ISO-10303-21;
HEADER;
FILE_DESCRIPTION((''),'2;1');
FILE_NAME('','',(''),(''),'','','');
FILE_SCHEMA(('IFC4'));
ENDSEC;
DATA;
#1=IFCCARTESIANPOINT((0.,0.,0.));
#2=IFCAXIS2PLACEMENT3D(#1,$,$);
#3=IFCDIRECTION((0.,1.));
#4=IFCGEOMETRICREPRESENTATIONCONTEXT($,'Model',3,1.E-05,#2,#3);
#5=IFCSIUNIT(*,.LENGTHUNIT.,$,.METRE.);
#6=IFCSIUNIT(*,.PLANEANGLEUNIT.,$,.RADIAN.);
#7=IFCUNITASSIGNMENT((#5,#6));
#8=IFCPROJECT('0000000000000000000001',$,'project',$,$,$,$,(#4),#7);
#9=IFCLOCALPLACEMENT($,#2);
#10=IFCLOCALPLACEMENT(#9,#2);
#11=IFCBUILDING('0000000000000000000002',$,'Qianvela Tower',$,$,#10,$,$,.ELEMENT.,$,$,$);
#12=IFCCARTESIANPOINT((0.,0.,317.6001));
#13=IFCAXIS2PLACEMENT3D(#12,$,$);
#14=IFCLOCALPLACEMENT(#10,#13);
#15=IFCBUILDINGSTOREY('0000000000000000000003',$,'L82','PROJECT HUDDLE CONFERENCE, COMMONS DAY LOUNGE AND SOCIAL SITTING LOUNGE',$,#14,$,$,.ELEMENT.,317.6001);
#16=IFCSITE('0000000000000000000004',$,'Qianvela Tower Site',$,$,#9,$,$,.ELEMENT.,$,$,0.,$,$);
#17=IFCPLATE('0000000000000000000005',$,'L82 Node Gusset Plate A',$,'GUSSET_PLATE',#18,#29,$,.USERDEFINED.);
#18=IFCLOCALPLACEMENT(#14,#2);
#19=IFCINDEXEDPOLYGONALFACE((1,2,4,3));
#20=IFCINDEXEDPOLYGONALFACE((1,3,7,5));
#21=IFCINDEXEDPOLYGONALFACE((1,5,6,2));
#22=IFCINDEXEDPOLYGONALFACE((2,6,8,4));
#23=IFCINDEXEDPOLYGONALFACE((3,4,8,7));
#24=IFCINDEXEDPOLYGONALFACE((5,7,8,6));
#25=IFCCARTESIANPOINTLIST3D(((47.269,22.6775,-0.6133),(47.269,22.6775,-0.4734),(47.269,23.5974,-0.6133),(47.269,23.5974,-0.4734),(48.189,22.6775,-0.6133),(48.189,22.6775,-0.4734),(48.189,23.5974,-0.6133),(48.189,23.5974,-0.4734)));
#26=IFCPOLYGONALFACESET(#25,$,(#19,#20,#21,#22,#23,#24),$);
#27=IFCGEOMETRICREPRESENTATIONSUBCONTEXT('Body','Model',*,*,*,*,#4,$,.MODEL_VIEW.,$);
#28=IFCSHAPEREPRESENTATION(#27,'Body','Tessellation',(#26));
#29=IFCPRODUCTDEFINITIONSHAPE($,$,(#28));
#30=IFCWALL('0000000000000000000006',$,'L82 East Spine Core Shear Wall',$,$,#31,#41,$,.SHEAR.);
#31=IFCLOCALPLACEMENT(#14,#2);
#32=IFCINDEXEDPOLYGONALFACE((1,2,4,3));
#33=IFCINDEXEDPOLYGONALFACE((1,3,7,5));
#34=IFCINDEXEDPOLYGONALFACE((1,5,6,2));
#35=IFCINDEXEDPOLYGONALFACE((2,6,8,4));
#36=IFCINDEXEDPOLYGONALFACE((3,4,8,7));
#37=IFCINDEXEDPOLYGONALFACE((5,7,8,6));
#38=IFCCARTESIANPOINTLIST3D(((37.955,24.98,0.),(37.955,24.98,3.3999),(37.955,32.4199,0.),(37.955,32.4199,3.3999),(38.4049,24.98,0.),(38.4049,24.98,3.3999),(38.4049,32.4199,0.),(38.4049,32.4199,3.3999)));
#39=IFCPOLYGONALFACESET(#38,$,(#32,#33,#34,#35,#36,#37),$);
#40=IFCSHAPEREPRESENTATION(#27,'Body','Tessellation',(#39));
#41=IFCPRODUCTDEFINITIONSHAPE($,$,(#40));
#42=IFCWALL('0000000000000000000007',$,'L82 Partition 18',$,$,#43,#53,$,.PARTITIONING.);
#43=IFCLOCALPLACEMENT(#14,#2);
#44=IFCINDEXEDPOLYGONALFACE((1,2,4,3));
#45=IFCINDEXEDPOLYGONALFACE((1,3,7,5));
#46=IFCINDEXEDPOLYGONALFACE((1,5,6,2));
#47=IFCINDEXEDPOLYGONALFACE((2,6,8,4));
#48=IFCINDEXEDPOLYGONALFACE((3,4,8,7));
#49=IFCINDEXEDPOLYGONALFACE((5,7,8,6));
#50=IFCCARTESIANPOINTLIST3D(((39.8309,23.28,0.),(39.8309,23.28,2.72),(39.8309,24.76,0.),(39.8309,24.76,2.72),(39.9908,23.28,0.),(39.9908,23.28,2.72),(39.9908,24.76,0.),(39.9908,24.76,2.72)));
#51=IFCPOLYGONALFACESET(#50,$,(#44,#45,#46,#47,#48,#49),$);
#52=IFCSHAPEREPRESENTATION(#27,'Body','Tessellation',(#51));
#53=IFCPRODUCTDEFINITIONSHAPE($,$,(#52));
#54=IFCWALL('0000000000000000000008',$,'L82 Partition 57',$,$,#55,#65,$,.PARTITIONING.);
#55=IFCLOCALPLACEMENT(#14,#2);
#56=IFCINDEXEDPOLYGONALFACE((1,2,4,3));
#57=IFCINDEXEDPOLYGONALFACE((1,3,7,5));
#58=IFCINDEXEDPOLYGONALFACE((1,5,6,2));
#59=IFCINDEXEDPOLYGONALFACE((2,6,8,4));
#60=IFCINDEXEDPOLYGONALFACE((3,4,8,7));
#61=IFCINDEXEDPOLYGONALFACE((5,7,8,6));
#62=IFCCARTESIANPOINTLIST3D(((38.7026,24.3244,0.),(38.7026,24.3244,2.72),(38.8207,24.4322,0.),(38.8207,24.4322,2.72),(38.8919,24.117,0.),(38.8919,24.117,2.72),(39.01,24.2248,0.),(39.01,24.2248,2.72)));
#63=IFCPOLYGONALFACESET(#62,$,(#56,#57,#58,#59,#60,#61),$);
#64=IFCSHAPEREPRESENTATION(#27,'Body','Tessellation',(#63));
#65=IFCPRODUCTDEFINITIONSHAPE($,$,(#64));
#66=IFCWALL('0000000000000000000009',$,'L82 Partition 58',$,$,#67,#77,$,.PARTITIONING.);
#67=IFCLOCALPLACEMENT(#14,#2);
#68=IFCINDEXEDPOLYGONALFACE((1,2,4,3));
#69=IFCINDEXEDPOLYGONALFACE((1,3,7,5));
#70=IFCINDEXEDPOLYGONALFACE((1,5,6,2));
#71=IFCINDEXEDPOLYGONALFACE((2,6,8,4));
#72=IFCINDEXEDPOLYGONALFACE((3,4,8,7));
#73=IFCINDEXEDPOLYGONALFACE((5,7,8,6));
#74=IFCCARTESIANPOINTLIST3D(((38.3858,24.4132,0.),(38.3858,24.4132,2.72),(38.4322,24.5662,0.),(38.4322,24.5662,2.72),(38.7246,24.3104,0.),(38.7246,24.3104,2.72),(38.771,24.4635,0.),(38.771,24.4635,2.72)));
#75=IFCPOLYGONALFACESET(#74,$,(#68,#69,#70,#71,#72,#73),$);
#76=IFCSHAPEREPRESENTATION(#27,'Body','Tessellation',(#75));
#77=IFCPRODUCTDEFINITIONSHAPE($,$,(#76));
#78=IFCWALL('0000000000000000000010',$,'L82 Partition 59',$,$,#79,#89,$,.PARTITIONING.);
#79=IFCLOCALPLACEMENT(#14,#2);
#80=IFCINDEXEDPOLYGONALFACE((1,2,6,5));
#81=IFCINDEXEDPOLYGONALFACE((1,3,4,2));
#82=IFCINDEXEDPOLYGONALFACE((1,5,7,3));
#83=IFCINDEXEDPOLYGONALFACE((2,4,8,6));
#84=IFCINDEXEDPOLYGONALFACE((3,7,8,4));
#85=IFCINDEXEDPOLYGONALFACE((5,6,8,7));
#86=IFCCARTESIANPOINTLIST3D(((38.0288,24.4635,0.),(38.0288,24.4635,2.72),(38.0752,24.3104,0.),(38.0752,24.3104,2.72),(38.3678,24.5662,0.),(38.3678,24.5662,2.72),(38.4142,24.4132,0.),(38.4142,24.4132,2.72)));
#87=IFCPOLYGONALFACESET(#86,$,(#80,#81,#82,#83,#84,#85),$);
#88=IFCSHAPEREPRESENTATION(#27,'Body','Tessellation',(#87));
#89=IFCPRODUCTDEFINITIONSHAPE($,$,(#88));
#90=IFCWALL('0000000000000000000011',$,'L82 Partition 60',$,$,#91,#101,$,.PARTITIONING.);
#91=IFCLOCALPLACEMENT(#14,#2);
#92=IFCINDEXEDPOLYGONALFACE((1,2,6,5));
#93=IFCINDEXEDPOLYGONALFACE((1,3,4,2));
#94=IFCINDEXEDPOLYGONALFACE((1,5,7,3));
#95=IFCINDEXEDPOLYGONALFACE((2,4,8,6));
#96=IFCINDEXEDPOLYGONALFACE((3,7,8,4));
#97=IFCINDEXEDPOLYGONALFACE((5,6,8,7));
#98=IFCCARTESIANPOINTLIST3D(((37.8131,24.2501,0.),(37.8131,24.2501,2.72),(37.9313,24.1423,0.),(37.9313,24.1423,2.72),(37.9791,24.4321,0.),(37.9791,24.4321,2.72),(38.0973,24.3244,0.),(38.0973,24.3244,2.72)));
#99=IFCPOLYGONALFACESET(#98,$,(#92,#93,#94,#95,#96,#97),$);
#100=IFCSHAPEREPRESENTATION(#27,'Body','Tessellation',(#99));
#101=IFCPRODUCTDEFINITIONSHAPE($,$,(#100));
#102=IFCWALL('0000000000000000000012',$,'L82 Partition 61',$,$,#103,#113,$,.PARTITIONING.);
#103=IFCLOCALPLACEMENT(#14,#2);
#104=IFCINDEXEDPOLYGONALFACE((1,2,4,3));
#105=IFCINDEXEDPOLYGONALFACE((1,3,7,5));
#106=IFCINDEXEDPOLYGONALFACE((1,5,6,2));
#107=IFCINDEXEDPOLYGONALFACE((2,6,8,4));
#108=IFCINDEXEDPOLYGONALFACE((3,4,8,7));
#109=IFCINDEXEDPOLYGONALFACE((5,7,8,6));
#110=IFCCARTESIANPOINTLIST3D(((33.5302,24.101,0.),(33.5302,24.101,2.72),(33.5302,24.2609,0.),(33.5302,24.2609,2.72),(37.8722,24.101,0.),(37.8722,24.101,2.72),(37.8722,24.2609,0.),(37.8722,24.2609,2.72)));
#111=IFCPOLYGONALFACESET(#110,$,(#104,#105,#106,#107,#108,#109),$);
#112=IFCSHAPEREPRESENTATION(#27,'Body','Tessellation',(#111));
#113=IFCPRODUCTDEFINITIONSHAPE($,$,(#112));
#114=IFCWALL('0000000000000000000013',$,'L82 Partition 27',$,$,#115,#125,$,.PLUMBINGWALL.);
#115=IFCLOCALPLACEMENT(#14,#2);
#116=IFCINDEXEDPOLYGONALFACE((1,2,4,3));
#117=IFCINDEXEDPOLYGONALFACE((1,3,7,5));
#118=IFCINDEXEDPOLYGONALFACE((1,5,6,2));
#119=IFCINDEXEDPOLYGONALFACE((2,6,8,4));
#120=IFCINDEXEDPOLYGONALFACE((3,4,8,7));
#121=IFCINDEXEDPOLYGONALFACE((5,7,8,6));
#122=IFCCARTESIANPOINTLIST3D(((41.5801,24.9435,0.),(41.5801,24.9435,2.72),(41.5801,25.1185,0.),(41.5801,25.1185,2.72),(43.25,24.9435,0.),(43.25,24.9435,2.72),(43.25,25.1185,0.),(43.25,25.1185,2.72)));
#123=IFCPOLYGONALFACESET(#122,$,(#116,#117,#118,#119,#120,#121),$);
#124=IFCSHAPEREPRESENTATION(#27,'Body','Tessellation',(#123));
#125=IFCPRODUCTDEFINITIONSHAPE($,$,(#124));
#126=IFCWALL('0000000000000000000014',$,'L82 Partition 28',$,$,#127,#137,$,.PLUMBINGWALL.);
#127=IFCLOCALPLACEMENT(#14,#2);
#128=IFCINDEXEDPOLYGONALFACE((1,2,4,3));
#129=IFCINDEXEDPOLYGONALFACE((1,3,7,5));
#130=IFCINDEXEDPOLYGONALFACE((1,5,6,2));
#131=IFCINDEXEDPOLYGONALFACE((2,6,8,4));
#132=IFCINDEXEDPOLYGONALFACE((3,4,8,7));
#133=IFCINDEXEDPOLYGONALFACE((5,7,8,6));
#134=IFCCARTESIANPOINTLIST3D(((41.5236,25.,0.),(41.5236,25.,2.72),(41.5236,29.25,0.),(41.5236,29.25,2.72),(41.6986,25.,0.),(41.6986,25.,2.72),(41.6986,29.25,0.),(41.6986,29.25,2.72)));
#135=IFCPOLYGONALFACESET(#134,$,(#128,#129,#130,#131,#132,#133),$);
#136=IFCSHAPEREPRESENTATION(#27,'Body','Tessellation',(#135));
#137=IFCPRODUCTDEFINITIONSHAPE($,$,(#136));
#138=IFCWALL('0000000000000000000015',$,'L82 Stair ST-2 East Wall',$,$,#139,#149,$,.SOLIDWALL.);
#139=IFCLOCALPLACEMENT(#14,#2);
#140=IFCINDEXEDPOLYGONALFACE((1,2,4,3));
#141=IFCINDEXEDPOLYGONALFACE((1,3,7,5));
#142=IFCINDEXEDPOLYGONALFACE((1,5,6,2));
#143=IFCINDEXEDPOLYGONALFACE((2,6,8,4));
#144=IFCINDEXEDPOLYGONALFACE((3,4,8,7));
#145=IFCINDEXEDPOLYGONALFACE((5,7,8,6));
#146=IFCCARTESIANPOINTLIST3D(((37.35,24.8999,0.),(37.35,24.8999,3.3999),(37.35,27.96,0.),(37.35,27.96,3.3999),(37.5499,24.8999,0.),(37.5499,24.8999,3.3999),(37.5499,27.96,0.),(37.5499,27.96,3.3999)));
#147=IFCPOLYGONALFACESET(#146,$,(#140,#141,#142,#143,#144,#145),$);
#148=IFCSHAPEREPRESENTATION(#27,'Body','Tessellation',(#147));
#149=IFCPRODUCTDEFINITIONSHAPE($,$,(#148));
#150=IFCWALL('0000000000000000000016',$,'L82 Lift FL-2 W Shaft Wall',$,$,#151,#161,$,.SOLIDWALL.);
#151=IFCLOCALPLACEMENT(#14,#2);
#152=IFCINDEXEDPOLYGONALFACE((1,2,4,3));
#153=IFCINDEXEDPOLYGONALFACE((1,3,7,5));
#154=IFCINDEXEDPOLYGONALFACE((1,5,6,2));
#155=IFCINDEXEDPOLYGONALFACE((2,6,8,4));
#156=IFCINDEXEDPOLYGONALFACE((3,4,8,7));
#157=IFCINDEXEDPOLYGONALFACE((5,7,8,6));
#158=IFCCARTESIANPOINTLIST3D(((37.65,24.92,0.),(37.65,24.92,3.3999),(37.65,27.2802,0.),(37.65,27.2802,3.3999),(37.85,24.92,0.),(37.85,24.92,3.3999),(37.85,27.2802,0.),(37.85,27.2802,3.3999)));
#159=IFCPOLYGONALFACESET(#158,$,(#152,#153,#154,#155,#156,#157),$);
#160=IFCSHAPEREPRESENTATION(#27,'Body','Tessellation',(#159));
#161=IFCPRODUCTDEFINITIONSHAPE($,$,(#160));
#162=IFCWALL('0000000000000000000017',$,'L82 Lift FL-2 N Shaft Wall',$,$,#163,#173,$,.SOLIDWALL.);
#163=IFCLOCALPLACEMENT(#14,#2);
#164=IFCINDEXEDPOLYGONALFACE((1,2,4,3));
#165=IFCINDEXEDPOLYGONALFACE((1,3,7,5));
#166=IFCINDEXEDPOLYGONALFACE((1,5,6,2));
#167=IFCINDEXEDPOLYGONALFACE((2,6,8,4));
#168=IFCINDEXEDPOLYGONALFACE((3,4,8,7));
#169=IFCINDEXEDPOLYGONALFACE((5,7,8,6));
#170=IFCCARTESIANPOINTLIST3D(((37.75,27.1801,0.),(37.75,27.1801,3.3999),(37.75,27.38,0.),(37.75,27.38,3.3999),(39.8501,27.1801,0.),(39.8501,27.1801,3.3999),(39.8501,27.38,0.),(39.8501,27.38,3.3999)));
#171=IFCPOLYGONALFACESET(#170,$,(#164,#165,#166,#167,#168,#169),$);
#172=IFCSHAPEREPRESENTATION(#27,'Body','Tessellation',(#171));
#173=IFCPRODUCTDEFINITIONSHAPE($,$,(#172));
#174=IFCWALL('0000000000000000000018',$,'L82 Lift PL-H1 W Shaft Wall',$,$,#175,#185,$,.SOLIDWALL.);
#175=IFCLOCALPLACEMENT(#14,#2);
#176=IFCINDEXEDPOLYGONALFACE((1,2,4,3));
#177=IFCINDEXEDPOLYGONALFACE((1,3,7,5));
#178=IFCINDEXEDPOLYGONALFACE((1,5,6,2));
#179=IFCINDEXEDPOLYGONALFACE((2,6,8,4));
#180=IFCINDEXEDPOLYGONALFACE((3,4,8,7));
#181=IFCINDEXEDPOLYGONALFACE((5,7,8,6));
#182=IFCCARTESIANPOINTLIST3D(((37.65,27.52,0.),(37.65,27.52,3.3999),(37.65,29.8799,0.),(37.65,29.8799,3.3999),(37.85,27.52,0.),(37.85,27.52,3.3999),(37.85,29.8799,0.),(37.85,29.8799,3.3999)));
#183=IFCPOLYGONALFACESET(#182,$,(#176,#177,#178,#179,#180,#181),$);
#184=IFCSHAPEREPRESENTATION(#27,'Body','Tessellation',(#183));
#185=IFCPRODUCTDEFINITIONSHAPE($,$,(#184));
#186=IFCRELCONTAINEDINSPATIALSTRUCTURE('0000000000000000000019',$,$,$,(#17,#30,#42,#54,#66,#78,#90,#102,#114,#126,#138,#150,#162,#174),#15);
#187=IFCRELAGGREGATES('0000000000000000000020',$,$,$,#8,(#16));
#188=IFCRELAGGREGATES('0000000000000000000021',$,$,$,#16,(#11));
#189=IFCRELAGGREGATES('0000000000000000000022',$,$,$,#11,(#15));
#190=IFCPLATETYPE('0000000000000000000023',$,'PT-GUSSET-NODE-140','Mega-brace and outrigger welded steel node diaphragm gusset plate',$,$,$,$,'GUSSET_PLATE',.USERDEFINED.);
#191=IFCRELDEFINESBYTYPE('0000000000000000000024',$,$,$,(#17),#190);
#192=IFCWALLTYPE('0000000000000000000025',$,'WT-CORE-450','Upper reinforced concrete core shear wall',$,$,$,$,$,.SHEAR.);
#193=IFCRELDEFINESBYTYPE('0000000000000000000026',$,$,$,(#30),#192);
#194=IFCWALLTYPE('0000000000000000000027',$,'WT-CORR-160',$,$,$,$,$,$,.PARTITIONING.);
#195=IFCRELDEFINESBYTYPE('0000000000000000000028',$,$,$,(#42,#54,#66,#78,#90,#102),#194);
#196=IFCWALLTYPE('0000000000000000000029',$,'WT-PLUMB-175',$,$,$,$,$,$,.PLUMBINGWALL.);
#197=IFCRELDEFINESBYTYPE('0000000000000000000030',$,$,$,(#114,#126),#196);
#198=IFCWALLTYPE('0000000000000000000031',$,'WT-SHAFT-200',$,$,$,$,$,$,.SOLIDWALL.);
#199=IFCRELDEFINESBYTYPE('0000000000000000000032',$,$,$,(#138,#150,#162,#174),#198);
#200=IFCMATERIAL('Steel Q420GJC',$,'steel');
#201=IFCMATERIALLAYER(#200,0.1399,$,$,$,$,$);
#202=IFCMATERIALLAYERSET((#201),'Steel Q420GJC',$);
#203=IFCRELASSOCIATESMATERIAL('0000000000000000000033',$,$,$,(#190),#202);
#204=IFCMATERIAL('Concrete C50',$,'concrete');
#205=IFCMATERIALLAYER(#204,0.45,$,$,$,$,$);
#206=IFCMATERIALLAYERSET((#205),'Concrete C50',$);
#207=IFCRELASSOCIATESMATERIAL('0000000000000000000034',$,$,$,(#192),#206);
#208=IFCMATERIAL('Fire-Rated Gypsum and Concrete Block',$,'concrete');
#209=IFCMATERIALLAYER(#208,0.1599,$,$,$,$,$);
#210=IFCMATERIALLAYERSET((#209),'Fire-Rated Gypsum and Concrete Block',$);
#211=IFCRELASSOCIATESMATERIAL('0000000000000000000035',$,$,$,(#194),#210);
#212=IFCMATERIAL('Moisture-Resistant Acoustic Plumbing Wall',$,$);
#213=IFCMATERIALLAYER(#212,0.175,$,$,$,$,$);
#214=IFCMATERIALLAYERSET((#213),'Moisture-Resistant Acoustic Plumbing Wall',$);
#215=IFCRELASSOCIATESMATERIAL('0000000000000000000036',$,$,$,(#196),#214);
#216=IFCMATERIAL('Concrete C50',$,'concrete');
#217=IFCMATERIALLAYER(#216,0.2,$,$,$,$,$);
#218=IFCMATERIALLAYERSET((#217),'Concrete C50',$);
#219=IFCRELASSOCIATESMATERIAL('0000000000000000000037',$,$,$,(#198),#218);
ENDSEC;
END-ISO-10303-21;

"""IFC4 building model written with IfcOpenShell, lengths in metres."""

from ifc_helpers import new_model, si_unit, direction, frame, frame_2d, origin, origin_2d, place, context, subcontext, project, spatial, rectangle, extrude, material, layer, layer_set, type_object, element, save


model = new_model("IFC4")

# Units and contexts
model_context = context("Model", 3, precision=1e-05, world=origin(), true_north=direction((0.0, 1.0)))
body_context = subcontext(model_context, "Body", "Model", "MODEL_VIEW")
ifc_project = project(units=[si_unit("LENGTHUNIT", "METRE"), si_unit("PLANEANGLEUNIT", "RADIAN")], contexts=[model_context])

# Site, building, storey
site_placement = place(None, origin())
site = spatial("IfcSite", under=ifc_project, at=site_placement, Name="Qianvela Tower Site", CompositionType="ELEMENT", RefElevation=0.0)
building_placement = place(site_placement, origin())
building = spatial("IfcBuilding", under=site, at=building_placement, Name="Qianvela Tower", CompositionType="ELEMENT")
storey_placement = place(building_placement, frame((0.0, 0.0, 317.6001)))
storey = spatial("IfcBuildingStorey", under=building, at=storey_placement, Name="L82", Description="PROJECT HUDDLE CONFERENCE, COMMONS DAY LOUNGE AND SOCIAL SITTING LOUNGE", CompositionType="ELEMENT", Elevation=317.6001)

# Plate
ifc_material_1 = material(Name="Steel Q420GJC", Category="steel")
ifc_layer_1 = layer(ifc_material_1, 0.1399)
ifc_layer_set_1 = layer_set([ifc_layer_1], Name="Steel Q420GJC")
plate_type_1 = type_object("IfcPlateType", Name="PT-GUSSET-NODE-140", Description="Mega-brace and outrigger welded steel node diaphragm gusset plate", ElementType="GUSSET_PLATE", PredefinedType="USERDEFINED", material=ifc_layer_set_1)
plate_1_placement = place(storey_placement, frame((47.729, 23.1375, -0.6133), z_axis=(0.0, 0.0, 1.0), x_axis=(1.0, 0.0, 0.0)))
element("IfcPlate", 1, at=plate_1_placement, inside=storey, type_object=plate_type_1, Name="L82 Node Gusset Plate A", ObjectType="GUSSET_PLATE", PredefinedType="USERDEFINED", context=body_context, shape_type="SweptSolid", body=[
    extrude(rectangle(XDim=0.9199, YDim=0.9199, at=origin_2d()), origin(), (0.0, 0.0, 1.0), 0.1399),
])

# Walls
ifc_material_2 = material(Name="Concrete C50", Category="concrete")
ifc_layer_2 = layer(ifc_material_2, 0.45)
ifc_layer_set_2 = layer_set([ifc_layer_2], Name="Concrete C50")
wall_type_1 = type_object("IfcWallType", Name="WT-CORE-450", Description="Upper reinforced concrete core shear wall", PredefinedType="SHEAR", material=ifc_layer_set_2)
wall_1_placement = place(storey_placement, frame((38.1799, 24.98, 0.0), z_axis=(0.0, 0.0, 1.0), x_axis=(0.0, 1.0, 0.0)))
element("IfcWall", 2, at=wall_1_placement, inside=storey, type_object=wall_type_1, Name="L82 East Spine Core Shear Wall", PredefinedType="SHEAR", context=body_context, shape_type="SweptSolid", body=[
    extrude(rectangle(XDim=7.4399, YDim=0.45, at=frame_2d((3.72, 0.0))), origin(), (0.0, 0.0, 1.0), 3.3999),
])
ifc_material_3 = material(Name="Fire-Rated Gypsum and Concrete Block", Category="concrete")
ifc_layer_3 = layer(ifc_material_3, 0.1599)
ifc_layer_set_3 = layer_set([ifc_layer_3], Name="Fire-Rated Gypsum and Concrete Block")
wall_type_2 = type_object("IfcWallType", Name="WT-CORR-160", PredefinedType="PARTITIONING", material=ifc_layer_set_3)
wall_2_placement = place(storey_placement, frame((39.9109, 23.28, 0.0), z_axis=(0.0, 0.0, 1.0), x_axis=(0.0, 1.0, 0.0)))
element("IfcWall", 3, at=wall_2_placement, inside=storey, type_object=wall_type_2, Name="L82 Partition 18", PredefinedType="PARTITIONING", context=body_context, shape_type="SweptSolid", body=[
    extrude(rectangle(XDim=1.48, YDim=0.1599, at=frame_2d((0.74, 0.0))), origin(), (0.0, 0.0, 1.0), 2.72),
])
wall_3_placement = place(storey_placement, frame((38.9509, 24.1709, 0.0), z_axis=(0.0, 0.0, 1.0), x_axis=(-0.674187, 0.738561, 0.0)))
element("IfcWall", 4, at=wall_3_placement, inside=storey, type_object=wall_type_2, Name="L82 Partition 57", PredefinedType="PARTITIONING", context=body_context, shape_type="SweptSolid", body=[
    extrude(rectangle(XDim=0.2808, YDim=0.1599, at=frame_2d((0.1404, 0.0))), origin(), (0.0, 0.0, 1.0), 2.72),
])
wall_4_placement = place(storey_placement, frame((38.7478, 24.387, 0.0), z_axis=(0.0, 0.0, 1.0), x_axis=(-0.956949, 0.290256, 0.0)))
element("IfcWall", 5, at=wall_4_placement, inside=storey, type_object=wall_type_2, Name="L82 Partition 58", PredefinedType="PARTITIONING", context=body_context, shape_type="SweptSolid", body=[
    extrude(rectangle(XDim=0.354, YDim=0.1599, at=frame_2d((0.177, 0.0))), origin(), (0.0, 0.0, 1.0), 2.72),
])
wall_5_placement = place(storey_placement, frame((38.3911, 24.4897, 0.0), z_axis=(0.0, 0.0, 1.0), x_axis=(-0.957007, -0.290065, 0.0)))
element("IfcWall", 6, at=wall_5_placement, inside=storey, type_object=wall_type_2, Name="L82 Partition 59", PredefinedType="PARTITIONING", context=body_context, shape_type="SweptSolid", body=[
    extrude(rectangle(XDim=0.3542, YDim=0.1599, at=frame_2d((0.1772, 0.0))), origin(), (0.0, 0.0, 1.0), 2.72),
])
wall_6_placement = place(storey_placement, frame((38.0381, 24.3782, 0.0), z_axis=(0.0, 0.0, 1.0), x_axis=(-0.673658, -0.739043, 0.0)))
element("IfcWall", 7, at=wall_6_placement, inside=storey, type_object=wall_type_2, Name="L82 Partition 60", PredefinedType="PARTITIONING", context=body_context, shape_type="SweptSolid", body=[
    extrude(rectangle(XDim=0.2463, YDim=0.1599, at=frame_2d((0.123, 0.0))), origin(), (0.0, 0.0, 1.0), 2.72),
])
wall_7_placement = place(storey_placement, frame((37.8721, 24.1809, 0.0), z_axis=(0.0, 0.0, 1.0), x_axis=(-1.0, 0.0, 0.0)))
element("IfcWall", 8, at=wall_7_placement, inside=storey, type_object=wall_type_2, Name="L82 Partition 61", PredefinedType="PARTITIONING", context=body_context, shape_type="SweptSolid", body=[
    extrude(rectangle(XDim=4.342, YDim=0.1599, at=frame_2d((2.1709, 0.0))), origin(), (0.0, 0.0, 1.0), 2.72),
])
ifc_material_4 = material(Name="Moisture-Resistant Acoustic Plumbing Wall")
ifc_layer_4 = layer(ifc_material_4, 0.175)
ifc_layer_set_4 = layer_set([ifc_layer_4], Name="Moisture-Resistant Acoustic Plumbing Wall")
wall_type_3 = type_object("IfcWallType", Name="WT-PLUMB-175", PredefinedType="PLUMBINGWALL", material=ifc_layer_set_4)
wall_8_placement = place(storey_placement, frame((43.25, 25.031, 0.0), z_axis=(0.0, 0.0, 1.0), x_axis=(-1.0, 0.0, 0.0)))
element("IfcWall", 9, at=wall_8_placement, inside=storey, type_object=wall_type_3, Name="L82 Partition 27", PredefinedType="PLUMBINGWALL", context=body_context, shape_type="SweptSolid", body=[
    extrude(rectangle(XDim=1.6699, YDim=0.175, at=frame_2d((0.835, 0.0))), origin(), (0.0, 0.0, 1.0), 2.72),
])
wall_9_placement = place(storey_placement, frame((41.6111, 25.0, 0.0), z_axis=(0.0, 0.0, 1.0), x_axis=(0.0, 1.0, 0.0)))
element("IfcWall", 10, at=wall_9_placement, inside=storey, type_object=wall_type_3, Name="L82 Partition 28", PredefinedType="PLUMBINGWALL", context=body_context, shape_type="SweptSolid", body=[
    extrude(rectangle(XDim=4.25, YDim=0.175, at=frame_2d((2.125, 0.0))), origin(), (0.0, 0.0, 1.0), 2.72),
])
ifc_material_5 = material(Name="Concrete C50", Category="concrete")
ifc_layer_5 = layer(ifc_material_5, 0.2)
ifc_layer_set_5 = layer_set([ifc_layer_5], Name="Concrete C50")
wall_type_4 = type_object("IfcWallType", Name="WT-SHAFT-200", PredefinedType="SOLIDWALL", material=ifc_layer_set_5)
wall_10_placement = place(storey_placement, frame((37.45, 24.8999, 0.0), z_axis=(0.0, 0.0, 1.0), x_axis=(0.0, 1.0, 0.0)))
element("IfcWall", 11, at=wall_10_placement, inside=storey, type_object=wall_type_4, Name="L82 Stair ST-2 East Wall", PredefinedType="SOLIDWALL", context=body_context, shape_type="SweptSolid", body=[
    extrude(rectangle(XDim=3.0601, YDim=0.2, at=frame_2d((1.53, 0.0))), origin(), (0.0, 0.0, 1.0), 3.3999),
])

# Walls
wall_11_placement = place(storey_placement, frame((37.75, 24.9199, 0.0), z_axis=(0.0, 0.0, 1.0), x_axis=(0.0, 1.0, 0.0)))
element("IfcWall", 12, at=wall_11_placement, inside=storey, type_object=wall_type_4, Name="L82 Lift FL-2 W Shaft Wall", PredefinedType="SOLIDWALL", context=body_context, shape_type="SweptSolid", body=[
    extrude(rectangle(XDim=2.3601, YDim=0.2, at=frame_2d((1.1802, 0.0))), origin(), (0.0, 0.0, 1.0), 3.3999),
])
wall_12_placement = place(storey_placement, frame((37.75, 27.28, 0.0), z_axis=(0.0, 0.0, 1.0), x_axis=(1.0, 0.0, 0.0)))
element("IfcWall", 13, at=wall_12_placement, inside=storey, type_object=wall_type_4, Name="L82 Lift FL-2 N Shaft Wall", PredefinedType="SOLIDWALL", context=body_context, shape_type="SweptSolid", body=[
    extrude(rectangle(XDim=2.1001, YDim=0.2, at=frame_2d((1.05, 0.0))), origin(), (0.0, 0.0, 1.0), 3.3999),
])
wall_13_placement = place(storey_placement, frame((37.75, 27.52, 0.0), z_axis=(0.0, 0.0, 1.0), x_axis=(0.0, 1.0, 0.0)))
element("IfcWall", 14, at=wall_13_placement, inside=storey, type_object=wall_type_4, Name="L82 Lift PL-H1 W Shaft Wall", PredefinedType="SOLIDWALL", context=body_context, shape_type="SweptSolid", body=[
    extrude(rectangle(XDim=2.3599, YDim=0.2, at=frame_2d((1.1799, 0.0))), origin(), (0.0, 0.0, 1.0), 3.3999),
])

save(model, "model.ifc")
